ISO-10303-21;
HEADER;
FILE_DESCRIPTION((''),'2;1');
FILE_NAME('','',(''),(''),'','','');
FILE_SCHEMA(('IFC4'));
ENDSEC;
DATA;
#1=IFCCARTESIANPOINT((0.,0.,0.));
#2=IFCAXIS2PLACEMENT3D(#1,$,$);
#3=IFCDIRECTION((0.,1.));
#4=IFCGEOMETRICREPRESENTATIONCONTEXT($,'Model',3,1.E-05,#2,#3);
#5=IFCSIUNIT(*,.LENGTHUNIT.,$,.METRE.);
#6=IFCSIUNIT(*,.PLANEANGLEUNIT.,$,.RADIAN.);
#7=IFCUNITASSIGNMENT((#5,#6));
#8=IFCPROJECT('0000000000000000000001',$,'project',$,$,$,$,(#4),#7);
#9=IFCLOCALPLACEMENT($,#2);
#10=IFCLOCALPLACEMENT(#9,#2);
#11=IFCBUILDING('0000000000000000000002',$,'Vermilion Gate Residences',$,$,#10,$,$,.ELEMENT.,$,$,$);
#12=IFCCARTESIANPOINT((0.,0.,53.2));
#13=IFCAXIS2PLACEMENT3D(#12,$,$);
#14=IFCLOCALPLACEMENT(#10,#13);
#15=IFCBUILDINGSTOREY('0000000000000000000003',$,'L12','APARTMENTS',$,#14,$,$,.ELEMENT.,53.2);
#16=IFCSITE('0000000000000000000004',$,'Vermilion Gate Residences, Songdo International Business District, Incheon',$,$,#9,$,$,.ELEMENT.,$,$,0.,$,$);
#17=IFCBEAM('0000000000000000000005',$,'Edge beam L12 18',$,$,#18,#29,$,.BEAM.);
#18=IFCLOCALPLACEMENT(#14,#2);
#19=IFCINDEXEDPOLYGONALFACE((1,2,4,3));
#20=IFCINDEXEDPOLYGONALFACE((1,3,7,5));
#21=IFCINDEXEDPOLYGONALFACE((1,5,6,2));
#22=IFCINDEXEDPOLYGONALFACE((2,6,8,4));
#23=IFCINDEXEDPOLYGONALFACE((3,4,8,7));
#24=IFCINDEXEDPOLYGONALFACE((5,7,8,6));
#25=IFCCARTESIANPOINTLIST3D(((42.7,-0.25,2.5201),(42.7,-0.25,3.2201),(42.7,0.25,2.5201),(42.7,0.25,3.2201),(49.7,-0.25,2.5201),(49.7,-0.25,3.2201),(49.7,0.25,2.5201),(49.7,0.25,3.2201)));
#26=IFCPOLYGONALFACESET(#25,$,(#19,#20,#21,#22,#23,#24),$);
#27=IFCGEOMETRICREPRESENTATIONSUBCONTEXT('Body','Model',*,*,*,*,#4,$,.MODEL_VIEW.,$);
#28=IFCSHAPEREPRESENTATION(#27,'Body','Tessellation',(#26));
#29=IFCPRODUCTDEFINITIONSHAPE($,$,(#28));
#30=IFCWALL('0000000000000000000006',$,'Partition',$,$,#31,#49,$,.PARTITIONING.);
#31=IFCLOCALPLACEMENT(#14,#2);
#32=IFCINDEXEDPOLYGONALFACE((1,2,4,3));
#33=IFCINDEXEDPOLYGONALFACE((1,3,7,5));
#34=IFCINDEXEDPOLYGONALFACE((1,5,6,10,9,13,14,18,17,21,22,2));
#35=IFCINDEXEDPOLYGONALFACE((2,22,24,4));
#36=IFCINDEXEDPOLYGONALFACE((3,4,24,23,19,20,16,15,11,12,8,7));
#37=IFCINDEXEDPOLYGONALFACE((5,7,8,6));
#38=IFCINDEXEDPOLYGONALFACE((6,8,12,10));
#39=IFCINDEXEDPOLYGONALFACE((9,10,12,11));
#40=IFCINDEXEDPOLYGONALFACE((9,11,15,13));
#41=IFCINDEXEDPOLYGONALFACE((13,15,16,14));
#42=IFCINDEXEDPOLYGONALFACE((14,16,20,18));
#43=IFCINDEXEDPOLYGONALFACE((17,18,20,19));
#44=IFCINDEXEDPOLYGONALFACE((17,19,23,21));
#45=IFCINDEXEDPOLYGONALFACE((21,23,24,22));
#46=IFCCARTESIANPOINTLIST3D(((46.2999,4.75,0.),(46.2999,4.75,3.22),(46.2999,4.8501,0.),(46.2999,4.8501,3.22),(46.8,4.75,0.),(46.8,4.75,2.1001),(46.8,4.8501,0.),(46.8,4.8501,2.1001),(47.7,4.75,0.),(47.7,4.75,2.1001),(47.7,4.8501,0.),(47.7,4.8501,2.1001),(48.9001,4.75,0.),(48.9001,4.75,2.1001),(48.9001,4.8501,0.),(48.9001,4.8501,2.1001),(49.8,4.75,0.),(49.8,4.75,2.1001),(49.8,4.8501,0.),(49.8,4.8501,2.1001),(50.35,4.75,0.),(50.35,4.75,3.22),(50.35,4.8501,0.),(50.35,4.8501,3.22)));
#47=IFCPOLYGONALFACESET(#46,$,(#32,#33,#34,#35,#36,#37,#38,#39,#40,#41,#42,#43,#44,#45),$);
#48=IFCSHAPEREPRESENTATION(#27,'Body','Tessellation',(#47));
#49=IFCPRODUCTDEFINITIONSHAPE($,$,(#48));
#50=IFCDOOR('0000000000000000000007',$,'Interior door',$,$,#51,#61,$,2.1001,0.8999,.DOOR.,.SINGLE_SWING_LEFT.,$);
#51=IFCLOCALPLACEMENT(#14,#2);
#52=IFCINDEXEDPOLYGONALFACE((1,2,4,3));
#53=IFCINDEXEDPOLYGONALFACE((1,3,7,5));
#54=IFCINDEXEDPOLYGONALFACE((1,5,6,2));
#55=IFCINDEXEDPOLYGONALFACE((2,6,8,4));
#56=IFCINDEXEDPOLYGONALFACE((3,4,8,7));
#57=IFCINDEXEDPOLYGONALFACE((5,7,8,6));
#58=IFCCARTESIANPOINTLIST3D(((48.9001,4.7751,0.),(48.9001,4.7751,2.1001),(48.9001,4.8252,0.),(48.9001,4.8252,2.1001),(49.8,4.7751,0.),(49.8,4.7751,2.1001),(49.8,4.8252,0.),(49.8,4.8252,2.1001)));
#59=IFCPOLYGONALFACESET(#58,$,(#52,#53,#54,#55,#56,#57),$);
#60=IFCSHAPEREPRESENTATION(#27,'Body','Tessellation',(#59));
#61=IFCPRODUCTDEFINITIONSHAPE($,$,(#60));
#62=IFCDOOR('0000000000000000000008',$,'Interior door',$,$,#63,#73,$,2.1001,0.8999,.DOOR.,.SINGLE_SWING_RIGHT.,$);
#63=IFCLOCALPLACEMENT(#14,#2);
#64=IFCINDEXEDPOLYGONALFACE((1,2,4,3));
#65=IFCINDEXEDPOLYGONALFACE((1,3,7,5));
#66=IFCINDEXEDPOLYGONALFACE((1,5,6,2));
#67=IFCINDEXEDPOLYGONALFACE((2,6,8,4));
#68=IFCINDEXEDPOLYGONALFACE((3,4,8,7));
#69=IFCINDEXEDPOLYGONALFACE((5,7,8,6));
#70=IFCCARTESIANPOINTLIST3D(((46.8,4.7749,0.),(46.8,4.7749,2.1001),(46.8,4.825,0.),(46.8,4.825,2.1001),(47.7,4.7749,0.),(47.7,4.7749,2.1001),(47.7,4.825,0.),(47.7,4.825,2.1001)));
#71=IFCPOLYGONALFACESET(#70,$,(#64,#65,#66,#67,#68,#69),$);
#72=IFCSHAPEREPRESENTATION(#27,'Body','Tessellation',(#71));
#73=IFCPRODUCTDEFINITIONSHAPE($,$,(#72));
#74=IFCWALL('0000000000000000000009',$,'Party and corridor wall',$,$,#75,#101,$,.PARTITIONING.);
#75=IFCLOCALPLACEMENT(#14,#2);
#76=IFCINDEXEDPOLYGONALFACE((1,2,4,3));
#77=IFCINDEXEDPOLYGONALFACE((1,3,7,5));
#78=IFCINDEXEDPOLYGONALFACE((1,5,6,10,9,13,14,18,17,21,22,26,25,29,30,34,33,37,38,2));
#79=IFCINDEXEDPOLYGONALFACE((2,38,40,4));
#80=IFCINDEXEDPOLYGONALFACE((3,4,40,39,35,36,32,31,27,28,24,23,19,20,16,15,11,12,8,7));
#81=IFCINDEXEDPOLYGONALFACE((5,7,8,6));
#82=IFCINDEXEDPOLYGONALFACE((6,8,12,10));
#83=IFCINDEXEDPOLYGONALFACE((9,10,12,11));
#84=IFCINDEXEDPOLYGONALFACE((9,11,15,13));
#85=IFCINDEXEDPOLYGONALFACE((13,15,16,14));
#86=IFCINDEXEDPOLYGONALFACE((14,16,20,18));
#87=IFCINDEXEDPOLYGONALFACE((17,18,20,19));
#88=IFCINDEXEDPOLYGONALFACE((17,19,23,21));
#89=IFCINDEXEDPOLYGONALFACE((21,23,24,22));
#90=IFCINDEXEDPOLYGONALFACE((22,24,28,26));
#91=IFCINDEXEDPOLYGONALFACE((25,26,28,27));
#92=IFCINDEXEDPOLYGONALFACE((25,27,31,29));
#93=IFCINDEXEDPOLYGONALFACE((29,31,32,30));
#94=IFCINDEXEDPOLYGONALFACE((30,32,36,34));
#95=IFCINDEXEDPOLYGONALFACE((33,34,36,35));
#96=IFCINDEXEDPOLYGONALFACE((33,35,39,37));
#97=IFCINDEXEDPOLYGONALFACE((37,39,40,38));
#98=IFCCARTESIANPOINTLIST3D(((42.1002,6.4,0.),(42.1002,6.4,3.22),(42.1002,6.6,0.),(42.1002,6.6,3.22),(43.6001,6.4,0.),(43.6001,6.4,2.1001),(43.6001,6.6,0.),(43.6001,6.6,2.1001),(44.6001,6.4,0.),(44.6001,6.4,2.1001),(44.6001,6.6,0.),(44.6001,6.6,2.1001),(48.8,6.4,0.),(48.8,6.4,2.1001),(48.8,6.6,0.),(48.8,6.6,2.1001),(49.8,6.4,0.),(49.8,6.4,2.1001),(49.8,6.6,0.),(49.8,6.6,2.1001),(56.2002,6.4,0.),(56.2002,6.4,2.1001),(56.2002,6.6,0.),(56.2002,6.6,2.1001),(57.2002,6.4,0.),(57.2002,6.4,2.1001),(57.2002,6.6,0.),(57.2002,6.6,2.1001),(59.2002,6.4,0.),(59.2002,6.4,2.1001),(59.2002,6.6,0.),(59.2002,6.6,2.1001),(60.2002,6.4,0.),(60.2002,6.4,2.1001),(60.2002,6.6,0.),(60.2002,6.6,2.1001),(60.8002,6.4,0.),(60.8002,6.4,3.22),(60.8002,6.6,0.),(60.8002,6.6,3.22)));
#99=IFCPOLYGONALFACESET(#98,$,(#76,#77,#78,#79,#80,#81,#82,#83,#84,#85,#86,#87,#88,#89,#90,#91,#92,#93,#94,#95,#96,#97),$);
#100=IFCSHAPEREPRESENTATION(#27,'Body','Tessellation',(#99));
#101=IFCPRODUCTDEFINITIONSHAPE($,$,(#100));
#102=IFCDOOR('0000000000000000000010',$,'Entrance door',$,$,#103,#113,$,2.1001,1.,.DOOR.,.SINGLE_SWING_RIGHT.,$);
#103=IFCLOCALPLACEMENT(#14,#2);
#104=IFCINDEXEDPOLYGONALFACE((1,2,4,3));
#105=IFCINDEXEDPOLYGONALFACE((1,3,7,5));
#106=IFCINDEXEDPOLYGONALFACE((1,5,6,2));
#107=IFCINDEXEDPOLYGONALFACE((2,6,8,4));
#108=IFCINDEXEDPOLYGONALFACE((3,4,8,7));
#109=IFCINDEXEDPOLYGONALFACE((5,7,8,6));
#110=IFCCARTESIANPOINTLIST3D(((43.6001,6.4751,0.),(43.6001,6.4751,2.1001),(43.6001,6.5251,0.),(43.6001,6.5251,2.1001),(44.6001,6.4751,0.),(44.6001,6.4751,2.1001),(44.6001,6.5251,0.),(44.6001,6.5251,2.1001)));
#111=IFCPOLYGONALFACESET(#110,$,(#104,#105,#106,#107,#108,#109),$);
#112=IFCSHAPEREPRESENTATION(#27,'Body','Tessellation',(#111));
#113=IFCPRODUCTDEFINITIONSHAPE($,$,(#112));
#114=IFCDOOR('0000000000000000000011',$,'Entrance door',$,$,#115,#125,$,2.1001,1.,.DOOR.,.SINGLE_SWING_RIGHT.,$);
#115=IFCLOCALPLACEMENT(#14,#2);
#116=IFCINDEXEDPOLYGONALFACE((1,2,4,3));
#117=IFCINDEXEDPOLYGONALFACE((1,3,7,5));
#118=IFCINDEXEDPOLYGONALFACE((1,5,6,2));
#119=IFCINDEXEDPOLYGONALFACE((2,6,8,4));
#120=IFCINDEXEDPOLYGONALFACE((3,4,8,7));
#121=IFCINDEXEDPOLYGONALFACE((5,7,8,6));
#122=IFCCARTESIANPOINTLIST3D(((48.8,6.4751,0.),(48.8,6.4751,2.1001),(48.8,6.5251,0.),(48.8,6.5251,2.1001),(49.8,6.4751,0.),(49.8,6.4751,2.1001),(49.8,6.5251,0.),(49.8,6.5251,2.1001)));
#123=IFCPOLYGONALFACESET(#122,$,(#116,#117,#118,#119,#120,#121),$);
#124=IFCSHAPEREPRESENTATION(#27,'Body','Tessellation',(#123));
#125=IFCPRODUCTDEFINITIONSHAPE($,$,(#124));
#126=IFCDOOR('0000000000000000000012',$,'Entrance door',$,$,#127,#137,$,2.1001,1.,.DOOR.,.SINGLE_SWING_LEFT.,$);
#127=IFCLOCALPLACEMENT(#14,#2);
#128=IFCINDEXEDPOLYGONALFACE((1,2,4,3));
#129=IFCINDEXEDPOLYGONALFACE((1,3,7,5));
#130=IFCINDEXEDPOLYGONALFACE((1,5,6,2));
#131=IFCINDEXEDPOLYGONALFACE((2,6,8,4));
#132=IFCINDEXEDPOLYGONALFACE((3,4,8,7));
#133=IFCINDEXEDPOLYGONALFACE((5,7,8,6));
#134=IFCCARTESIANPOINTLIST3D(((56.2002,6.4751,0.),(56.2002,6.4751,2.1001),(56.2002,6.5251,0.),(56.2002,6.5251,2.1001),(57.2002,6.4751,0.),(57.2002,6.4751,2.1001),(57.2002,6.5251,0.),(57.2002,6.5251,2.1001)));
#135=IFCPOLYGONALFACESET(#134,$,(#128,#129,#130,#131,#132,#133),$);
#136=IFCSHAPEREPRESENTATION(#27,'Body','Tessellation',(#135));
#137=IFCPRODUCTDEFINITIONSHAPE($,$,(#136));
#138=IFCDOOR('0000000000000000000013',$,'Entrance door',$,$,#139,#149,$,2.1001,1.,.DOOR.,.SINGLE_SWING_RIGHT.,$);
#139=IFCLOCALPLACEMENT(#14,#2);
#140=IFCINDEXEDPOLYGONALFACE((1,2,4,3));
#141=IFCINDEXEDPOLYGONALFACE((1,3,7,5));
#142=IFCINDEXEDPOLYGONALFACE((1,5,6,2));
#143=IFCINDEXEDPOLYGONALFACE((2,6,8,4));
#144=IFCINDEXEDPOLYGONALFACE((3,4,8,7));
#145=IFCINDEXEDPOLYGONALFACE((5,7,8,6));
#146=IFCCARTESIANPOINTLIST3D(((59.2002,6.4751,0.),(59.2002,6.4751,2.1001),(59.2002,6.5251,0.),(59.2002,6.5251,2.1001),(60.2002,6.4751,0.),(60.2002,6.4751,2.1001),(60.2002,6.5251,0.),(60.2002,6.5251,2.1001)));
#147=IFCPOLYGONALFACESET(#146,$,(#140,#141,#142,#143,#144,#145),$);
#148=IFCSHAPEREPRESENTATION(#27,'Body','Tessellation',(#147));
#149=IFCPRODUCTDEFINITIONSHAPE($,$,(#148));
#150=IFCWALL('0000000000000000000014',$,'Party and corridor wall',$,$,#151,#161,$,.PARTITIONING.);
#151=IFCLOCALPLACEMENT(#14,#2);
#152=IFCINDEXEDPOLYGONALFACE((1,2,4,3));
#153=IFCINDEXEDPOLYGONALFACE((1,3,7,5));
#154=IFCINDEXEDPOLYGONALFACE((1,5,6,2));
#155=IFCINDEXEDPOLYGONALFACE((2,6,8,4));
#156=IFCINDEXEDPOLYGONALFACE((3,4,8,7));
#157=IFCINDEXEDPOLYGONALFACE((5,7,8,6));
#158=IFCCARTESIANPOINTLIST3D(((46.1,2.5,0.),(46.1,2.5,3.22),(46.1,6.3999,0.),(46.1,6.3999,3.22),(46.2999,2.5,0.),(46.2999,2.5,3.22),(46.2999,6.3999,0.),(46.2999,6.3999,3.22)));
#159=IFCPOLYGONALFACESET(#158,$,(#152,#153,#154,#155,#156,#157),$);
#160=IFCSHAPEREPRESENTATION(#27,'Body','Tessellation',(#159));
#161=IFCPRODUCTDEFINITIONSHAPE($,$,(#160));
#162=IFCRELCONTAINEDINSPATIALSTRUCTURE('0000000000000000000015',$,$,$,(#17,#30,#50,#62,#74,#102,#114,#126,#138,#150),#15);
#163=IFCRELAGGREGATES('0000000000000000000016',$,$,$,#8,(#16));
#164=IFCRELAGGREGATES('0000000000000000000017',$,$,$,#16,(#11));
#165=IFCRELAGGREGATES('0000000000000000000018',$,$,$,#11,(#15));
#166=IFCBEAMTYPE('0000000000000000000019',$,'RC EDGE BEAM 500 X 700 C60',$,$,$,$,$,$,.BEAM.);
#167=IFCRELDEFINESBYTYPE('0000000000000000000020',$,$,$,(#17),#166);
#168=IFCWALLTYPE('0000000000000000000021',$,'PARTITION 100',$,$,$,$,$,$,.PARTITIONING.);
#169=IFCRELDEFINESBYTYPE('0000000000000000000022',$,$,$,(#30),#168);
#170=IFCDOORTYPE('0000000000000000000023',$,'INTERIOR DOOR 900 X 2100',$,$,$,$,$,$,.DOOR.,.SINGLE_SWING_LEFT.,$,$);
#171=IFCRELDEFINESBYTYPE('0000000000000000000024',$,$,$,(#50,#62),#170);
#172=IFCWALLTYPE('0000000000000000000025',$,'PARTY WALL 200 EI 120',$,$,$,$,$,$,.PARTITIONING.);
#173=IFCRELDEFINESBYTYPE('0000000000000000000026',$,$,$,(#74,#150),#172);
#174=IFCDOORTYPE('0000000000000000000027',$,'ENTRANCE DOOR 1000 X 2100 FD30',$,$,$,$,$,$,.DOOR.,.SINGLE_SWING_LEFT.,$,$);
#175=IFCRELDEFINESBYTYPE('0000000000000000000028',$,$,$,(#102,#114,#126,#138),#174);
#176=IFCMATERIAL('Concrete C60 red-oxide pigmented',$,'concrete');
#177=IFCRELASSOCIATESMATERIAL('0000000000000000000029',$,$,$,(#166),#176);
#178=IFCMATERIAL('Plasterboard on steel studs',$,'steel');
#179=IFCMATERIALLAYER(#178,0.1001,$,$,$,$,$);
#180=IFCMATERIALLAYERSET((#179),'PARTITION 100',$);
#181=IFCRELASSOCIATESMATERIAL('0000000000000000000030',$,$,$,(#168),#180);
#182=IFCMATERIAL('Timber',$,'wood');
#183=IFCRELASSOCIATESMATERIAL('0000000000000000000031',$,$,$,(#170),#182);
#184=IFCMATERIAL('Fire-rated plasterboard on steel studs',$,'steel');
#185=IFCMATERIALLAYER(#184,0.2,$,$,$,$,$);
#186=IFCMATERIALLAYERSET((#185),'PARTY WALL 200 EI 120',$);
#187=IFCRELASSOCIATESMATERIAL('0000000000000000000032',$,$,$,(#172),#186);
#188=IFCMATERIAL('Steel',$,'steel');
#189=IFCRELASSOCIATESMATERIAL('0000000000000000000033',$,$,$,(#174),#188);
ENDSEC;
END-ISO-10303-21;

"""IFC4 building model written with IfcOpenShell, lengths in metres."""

from ifc_helpers import new_model, si_unit, direction, frame, frame_2d, origin, origin_2d, place, context, subcontext, project, spatial, rectangle, extrude, material, layer, layer_set, material_profile, profile_set, type_object, element, fill, save


model = new_model("IFC4")

# Units and contexts
model_context = context("Model", 3, precision=1e-05, world=origin(), true_north=direction((0.0, 1.0)))
body_context = subcontext(model_context, "Body", "Model", "MODEL_VIEW")
ifc_project = project(units=[si_unit("LENGTHUNIT", "METRE"), si_unit("PLANEANGLEUNIT", "RADIAN")], contexts=[model_context])

# Site, building, storey
site_placement = place(None, origin())
site = spatial("IfcSite", under=ifc_project, at=site_placement, Name="Vermilion Gate Residences, Songdo International Business District, Incheon", CompositionType="ELEMENT", RefElevation=0.0)
building_placement = place(site_placement, origin())
building = spatial("IfcBuilding", under=site, at=building_placement, Name="Vermilion Gate Residences", CompositionType="ELEMENT")
storey_placement = place(building_placement, frame((0.0, 0.0, 53.2)))
storey = spatial("IfcBuildingStorey", under=building, at=storey_placement, Name="L12", Description="APARTMENTS", CompositionType="ELEMENT", Elevation=53.2)

# Beam
ifc_material_1 = material(Name="Concrete C60 red-oxide pigmented", Category="concrete")
ifc_material_profile_1 = material_profile(ifc_material_1, rectangle(XDim=0.5, YDim=0.7, at=origin_2d()), Name="RC-500x700")
ifc_profile_set_1 = profile_set([ifc_material_profile_1], Name="Concrete C60 red-oxide pigmented")
beam_type = type_object("IfcBeamType", Name="RC EDGE BEAM 500 X 700 C60", PredefinedType="BEAM", material=ifc_profile_set_1)
beam_placement = place(storey_placement, frame((42.7, 0.0, 2.8701), z_axis=(1.0, 0.0, 0.0), x_axis=(0.0, 1.0, 0.0)))
element("IfcBeam", 1, at=beam_placement, inside=storey, type_object=beam_type, Name="Edge beam L12 18", PredefinedType="BEAM", context=body_context, shape_type="SweptSolid", body=[
    extrude(rectangle(XDim=0.5, YDim=0.7, at=origin_2d()), origin(), (0.0, 0.0, 1.0), 7.0),
])

# Walls, openings, doors
ifc_material_2 = material(Name="Plasterboard on steel studs", Category="steel")
ifc_layer_1 = layer(ifc_material_2, 0.1001)
ifc_layer_set_1 = layer_set([ifc_layer_1], Name="PARTITION 100")
wall_type_1 = type_object("IfcWallType", Name="PARTITION 100", PredefinedType="PARTITIONING", material=ifc_layer_set_1)
wall_1_placement = place(storey_placement, frame((46.3, 4.8, 0.0), z_axis=(0.0, 0.0, 1.0), x_axis=(1.0, 0.0, 0.0)))
wall_1 = element("IfcWall", 2, at=wall_1_placement, inside=storey, type_object=wall_type_1, Name="Partition", PredefinedType="PARTITIONING", context=body_context, shape_type="SweptSolid", body=[
    extrude(rectangle(XDim=4.05, YDim=0.1001, at=frame_2d((2.0249, 0.0))), origin(), (0.0, 0.0, 1.0), 3.22),
])
opening_1_placement = place(wall_1_placement, frame((2.6001, 0.0, 0.0)))
opening_1 = element("IfcOpeningElement", 3, at=opening_1_placement, cuts=wall_1, PredefinedType="OPENING", context=body_context, shape_type="SweptSolid", body=[
    extrude(rectangle(XDim=0.8999, YDim=2.1001, at=frame_2d((0.45, 1.05))), frame((0.0, 0.0601, 0.0), z_axis=(0.0, -1.0, 0.0), x_axis=(1.0, 0.0, 0.0)), (0.0, 0.0, 1.0), 0.1201),
])
opening_2_placement = place(wall_1_placement, frame((0.5, 0.0, 0.0)))
opening_2 = element("IfcOpeningElement", 4, at=opening_2_placement, cuts=wall_1, PredefinedType="OPENING", context=body_context, shape_type="SweptSolid", body=[
    extrude(rectangle(XDim=0.8999, YDim=2.1001, at=frame_2d((0.45, 1.05))), frame((0.0, 0.0601, 0.0), z_axis=(0.0, -1.0, 0.0), x_axis=(1.0, 0.0, 0.0)), (0.0, 0.0, 1.0), 0.1201),
])
ifc_material_3 = material(Name="Timber", Category="wood")
door_type_1 = type_object("IfcDoorType", Name="INTERIOR DOOR 900 X 2100", OperationType="SINGLE_SWING_LEFT", PredefinedType="DOOR", material=ifc_material_3)
door_1_placement = place(opening_1_placement, frame((0.8999, 0.0, 0.0), z_axis=(0.0, 0.0, 1.0), x_axis=(-1.0, 0.0, 0.0)))
door_1 = element("IfcDoor", 5, at=door_1_placement, inside=storey, type_object=door_type_1, Name="Interior door", OperationType="SINGLE_SWING_LEFT", OverallHeight=2.1001, OverallWidth=0.8999, PredefinedType="DOOR", context=body_context, shape_type="SweptSolid", body=[
    extrude(rectangle(XDim=0.8999, YDim=2.1001, at=frame_2d((0.45, 1.05))), frame((0.0, 0.0249, 0.0), z_axis=(0.0, -1.0, 0.0), x_axis=(1.0, 0.0, 0.0)), (0.0, 0.0, 1.0), 0.05),
])
fill(opening_1, door_1)
door_2_placement = place(opening_2_placement, origin())
door_2 = element("IfcDoor", 6, at=door_2_placement, inside=storey, type_object=door_type_1, Name="Interior door", OperationType="SINGLE_SWING_RIGHT", OverallHeight=2.1001, OverallWidth=0.8999, PredefinedType="DOOR", context=body_context, shape_type="SweptSolid", body=[
    extrude(rectangle(XDim=0.8999, YDim=2.1001, at=frame_2d((0.45, 1.05))), frame((0.0, 0.0249, 0.0), z_axis=(0.0, -1.0, 0.0), x_axis=(1.0, 0.0, 0.0)), (0.0, 0.0, 1.0), 0.05),
])
fill(opening_2, door_2)
ifc_material_4 = material(Name="Fire-rated plasterboard on steel studs", Category="steel")
ifc_layer_2 = layer(ifc_material_4, 0.2)
ifc_layer_set_2 = layer_set([ifc_layer_2], Name="PARTY WALL 200 EI 120")
wall_type_2 = type_object("IfcWallType", Name="PARTY WALL 200 EI 120", PredefinedType="PARTITIONING", material=ifc_layer_set_2)
wall_2_placement = place(storey_placement, frame((42.1001, 6.5, 0.0), z_axis=(0.0, 0.0, 1.0), x_axis=(1.0, 0.0, 0.0)))
wall_2 = element("IfcWall", 7, at=wall_2_placement, inside=storey, type_object=wall_type_2, Name="Party and corridor wall", PredefinedType="PARTITIONING", context=body_context, shape_type="SweptSolid", body=[
    extrude(rectangle(XDim=18.7, YDim=0.2, at=frame_2d((9.3501, 0.0))), origin(), (0.0, 0.0, 1.0), 3.22),
])
opening_3_placement = place(wall_2_placement, frame((1.5, 0.0, 0.0)))
opening_3 = element("IfcOpeningElement", 8, at=opening_3_placement, cuts=wall_2, PredefinedType="OPENING", context=body_context, shape_type="SweptSolid", body=[
    extrude(rectangle(XDim=1.0, YDim=2.1001, at=frame_2d((0.5, 1.05))), frame((0.0, 0.1099, 0.0), z_axis=(0.0, -1.0, 0.0), x_axis=(1.0, 0.0, 0.0)), (0.0, 0.0, 1.0), 0.22),
])
opening_4_placement = place(wall_2_placement, frame((6.7, 0.0, 0.0)))
opening_4 = element("IfcOpeningElement", 9, at=opening_4_placement, cuts=wall_2, PredefinedType="OPENING", context=body_context, shape_type="SweptSolid", body=[
    extrude(rectangle(XDim=1.0, YDim=2.1001, at=frame_2d((0.5, 1.05))), frame((0.0, 0.1099, 0.0), z_axis=(0.0, -1.0, 0.0), x_axis=(1.0, 0.0, 0.0)), (0.0, 0.0, 1.0), 0.22),
])
opening_5_placement = place(wall_2_placement, frame((14.1001, 0.0, 0.0)))
opening_5 = element("IfcOpeningElement", 10, at=opening_5_placement, cuts=wall_2, PredefinedType="OPENING", context=body_context, shape_type="SweptSolid", body=[
    extrude(rectangle(XDim=1.0, YDim=2.1001, at=frame_2d((0.5, 1.05))), frame((0.0, 0.1099, 0.0), z_axis=(0.0, -1.0, 0.0), x_axis=(1.0, 0.0, 0.0)), (0.0, 0.0, 1.0), 0.22),
])
opening_6_placement = place(wall_2_placement, frame((17.1001, 0.0, 0.0)))
opening_6 = element("IfcOpeningElement", 11, at=opening_6_placement, cuts=wall_2, PredefinedType="OPENING", context=body_context, shape_type="SweptSolid", body=[
    extrude(rectangle(XDim=1.0, YDim=2.1001, at=frame_2d((0.5, 1.05))), frame((0.0, 0.1099, 0.0), z_axis=(0.0, -1.0, 0.0), x_axis=(1.0, 0.0, 0.0)), (0.0, 0.0, 1.0), 0.22),
])
ifc_material_5 = material(Name="Steel", Category="steel")
door_type_2 = type_object("IfcDoorType", Name="ENTRANCE DOOR 1000 X 2100 FD30", OperationType="SINGLE_SWING_LEFT", PredefinedType="DOOR", material=ifc_material_5)
door_3_placement = place(opening_3_placement, frame((1.0, 0.0, 0.0), z_axis=(0.0, 0.0, 1.0), x_axis=(-1.0, 0.0, 0.0)))
door_3 = element("IfcDoor", 12, at=door_3_placement, inside=storey, type_object=door_type_2, Name="Entrance door", OperationType="SINGLE_SWING_RIGHT", OverallHeight=2.1001, OverallWidth=1.0, PredefinedType="DOOR", context=body_context, shape_type="SweptSolid", body=[
    extrude(rectangle(XDim=1.0, YDim=2.1001, at=frame_2d((0.5, 1.05))), frame((0.0, 0.0249, 0.0), z_axis=(0.0, -1.0, 0.0), x_axis=(1.0, 0.0, 0.0)), (0.0, 0.0, 1.0), 0.05),
])
fill(opening_3, door_3)
door_4_placement = place(opening_4_placement, frame((1.0, 0.0, 0.0), z_axis=(0.0, 0.0, 1.0), x_axis=(-1.0, 0.0, 0.0)))
door_4 = element("IfcDoor", 13, at=door_4_placement, inside=storey, type_object=door_type_2, Name="Entrance door", OperationType="SINGLE_SWING_RIGHT", OverallHeight=2.1001, OverallWidth=1.0, PredefinedType="DOOR", context=body_context, shape_type="SweptSolid", body=[
    extrude(rectangle(XDim=1.0, YDim=2.1001, at=frame_2d((0.5, 1.05))), frame((0.0, 0.0249, 0.0), z_axis=(0.0, -1.0, 0.0), x_axis=(1.0, 0.0, 0.0)), (0.0, 0.0, 1.0), 0.05),
])
fill(opening_4, door_4)
door_5_placement = place(opening_5_placement, frame((1.0, 0.0, 0.0), z_axis=(0.0, 0.0, 1.0), x_axis=(-1.0, 0.0, 0.0)))
door_5 = element("IfcDoor", 14, at=door_5_placement, inside=storey, type_object=door_type_2, Name="Entrance door", OperationType="SINGLE_SWING_LEFT", OverallHeight=2.1001, OverallWidth=1.0, PredefinedType="DOOR", context=body_context, shape_type="SweptSolid", body=[
    extrude(rectangle(XDim=1.0, YDim=2.1001, at=frame_2d((0.5, 1.05))), frame((0.0, 0.0249, 0.0), z_axis=(0.0, -1.0, 0.0), x_axis=(1.0, 0.0, 0.0)), (0.0, 0.0, 1.0), 0.05),
])
fill(opening_5, door_5)
door_6_placement = place(opening_6_placement, frame((1.0, 0.0, 0.0), z_axis=(0.0, 0.0, 1.0), x_axis=(-1.0, 0.0, 0.0)))
door_6 = element("IfcDoor", 15, at=door_6_placement, inside=storey, type_object=door_type_2, Name="Entrance door", OperationType="SINGLE_SWING_RIGHT", OverallHeight=2.1001, OverallWidth=1.0, PredefinedType="DOOR", context=body_context, shape_type="SweptSolid", body=[
    extrude(rectangle(XDim=1.0, YDim=2.1001, at=frame_2d((0.5, 1.05))), frame((0.0, 0.0249, 0.0), z_axis=(0.0, -1.0, 0.0), x_axis=(1.0, 0.0, 0.0)), (0.0, 0.0, 1.0), 0.05),
])
fill(opening_6, door_6)

# Wall
wall_3_placement = place(storey_placement, frame((46.2, 2.5, 0.0), z_axis=(0.0, 0.0, 1.0), x_axis=(0.0, 1.0, 0.0)))
element("IfcWall", 16, at=wall_3_placement, inside=storey, type_object=wall_type_2, Name="Party and corridor wall", PredefinedType="PARTITIONING", context=body_context, shape_type="SweptSolid", body=[
    extrude(rectangle(XDim=3.8999, YDim=0.2, at=frame_2d((1.95, 0.0))), origin(), (0.0, 0.0, 1.0), 3.22),
])

save(model, "model.ifc")
